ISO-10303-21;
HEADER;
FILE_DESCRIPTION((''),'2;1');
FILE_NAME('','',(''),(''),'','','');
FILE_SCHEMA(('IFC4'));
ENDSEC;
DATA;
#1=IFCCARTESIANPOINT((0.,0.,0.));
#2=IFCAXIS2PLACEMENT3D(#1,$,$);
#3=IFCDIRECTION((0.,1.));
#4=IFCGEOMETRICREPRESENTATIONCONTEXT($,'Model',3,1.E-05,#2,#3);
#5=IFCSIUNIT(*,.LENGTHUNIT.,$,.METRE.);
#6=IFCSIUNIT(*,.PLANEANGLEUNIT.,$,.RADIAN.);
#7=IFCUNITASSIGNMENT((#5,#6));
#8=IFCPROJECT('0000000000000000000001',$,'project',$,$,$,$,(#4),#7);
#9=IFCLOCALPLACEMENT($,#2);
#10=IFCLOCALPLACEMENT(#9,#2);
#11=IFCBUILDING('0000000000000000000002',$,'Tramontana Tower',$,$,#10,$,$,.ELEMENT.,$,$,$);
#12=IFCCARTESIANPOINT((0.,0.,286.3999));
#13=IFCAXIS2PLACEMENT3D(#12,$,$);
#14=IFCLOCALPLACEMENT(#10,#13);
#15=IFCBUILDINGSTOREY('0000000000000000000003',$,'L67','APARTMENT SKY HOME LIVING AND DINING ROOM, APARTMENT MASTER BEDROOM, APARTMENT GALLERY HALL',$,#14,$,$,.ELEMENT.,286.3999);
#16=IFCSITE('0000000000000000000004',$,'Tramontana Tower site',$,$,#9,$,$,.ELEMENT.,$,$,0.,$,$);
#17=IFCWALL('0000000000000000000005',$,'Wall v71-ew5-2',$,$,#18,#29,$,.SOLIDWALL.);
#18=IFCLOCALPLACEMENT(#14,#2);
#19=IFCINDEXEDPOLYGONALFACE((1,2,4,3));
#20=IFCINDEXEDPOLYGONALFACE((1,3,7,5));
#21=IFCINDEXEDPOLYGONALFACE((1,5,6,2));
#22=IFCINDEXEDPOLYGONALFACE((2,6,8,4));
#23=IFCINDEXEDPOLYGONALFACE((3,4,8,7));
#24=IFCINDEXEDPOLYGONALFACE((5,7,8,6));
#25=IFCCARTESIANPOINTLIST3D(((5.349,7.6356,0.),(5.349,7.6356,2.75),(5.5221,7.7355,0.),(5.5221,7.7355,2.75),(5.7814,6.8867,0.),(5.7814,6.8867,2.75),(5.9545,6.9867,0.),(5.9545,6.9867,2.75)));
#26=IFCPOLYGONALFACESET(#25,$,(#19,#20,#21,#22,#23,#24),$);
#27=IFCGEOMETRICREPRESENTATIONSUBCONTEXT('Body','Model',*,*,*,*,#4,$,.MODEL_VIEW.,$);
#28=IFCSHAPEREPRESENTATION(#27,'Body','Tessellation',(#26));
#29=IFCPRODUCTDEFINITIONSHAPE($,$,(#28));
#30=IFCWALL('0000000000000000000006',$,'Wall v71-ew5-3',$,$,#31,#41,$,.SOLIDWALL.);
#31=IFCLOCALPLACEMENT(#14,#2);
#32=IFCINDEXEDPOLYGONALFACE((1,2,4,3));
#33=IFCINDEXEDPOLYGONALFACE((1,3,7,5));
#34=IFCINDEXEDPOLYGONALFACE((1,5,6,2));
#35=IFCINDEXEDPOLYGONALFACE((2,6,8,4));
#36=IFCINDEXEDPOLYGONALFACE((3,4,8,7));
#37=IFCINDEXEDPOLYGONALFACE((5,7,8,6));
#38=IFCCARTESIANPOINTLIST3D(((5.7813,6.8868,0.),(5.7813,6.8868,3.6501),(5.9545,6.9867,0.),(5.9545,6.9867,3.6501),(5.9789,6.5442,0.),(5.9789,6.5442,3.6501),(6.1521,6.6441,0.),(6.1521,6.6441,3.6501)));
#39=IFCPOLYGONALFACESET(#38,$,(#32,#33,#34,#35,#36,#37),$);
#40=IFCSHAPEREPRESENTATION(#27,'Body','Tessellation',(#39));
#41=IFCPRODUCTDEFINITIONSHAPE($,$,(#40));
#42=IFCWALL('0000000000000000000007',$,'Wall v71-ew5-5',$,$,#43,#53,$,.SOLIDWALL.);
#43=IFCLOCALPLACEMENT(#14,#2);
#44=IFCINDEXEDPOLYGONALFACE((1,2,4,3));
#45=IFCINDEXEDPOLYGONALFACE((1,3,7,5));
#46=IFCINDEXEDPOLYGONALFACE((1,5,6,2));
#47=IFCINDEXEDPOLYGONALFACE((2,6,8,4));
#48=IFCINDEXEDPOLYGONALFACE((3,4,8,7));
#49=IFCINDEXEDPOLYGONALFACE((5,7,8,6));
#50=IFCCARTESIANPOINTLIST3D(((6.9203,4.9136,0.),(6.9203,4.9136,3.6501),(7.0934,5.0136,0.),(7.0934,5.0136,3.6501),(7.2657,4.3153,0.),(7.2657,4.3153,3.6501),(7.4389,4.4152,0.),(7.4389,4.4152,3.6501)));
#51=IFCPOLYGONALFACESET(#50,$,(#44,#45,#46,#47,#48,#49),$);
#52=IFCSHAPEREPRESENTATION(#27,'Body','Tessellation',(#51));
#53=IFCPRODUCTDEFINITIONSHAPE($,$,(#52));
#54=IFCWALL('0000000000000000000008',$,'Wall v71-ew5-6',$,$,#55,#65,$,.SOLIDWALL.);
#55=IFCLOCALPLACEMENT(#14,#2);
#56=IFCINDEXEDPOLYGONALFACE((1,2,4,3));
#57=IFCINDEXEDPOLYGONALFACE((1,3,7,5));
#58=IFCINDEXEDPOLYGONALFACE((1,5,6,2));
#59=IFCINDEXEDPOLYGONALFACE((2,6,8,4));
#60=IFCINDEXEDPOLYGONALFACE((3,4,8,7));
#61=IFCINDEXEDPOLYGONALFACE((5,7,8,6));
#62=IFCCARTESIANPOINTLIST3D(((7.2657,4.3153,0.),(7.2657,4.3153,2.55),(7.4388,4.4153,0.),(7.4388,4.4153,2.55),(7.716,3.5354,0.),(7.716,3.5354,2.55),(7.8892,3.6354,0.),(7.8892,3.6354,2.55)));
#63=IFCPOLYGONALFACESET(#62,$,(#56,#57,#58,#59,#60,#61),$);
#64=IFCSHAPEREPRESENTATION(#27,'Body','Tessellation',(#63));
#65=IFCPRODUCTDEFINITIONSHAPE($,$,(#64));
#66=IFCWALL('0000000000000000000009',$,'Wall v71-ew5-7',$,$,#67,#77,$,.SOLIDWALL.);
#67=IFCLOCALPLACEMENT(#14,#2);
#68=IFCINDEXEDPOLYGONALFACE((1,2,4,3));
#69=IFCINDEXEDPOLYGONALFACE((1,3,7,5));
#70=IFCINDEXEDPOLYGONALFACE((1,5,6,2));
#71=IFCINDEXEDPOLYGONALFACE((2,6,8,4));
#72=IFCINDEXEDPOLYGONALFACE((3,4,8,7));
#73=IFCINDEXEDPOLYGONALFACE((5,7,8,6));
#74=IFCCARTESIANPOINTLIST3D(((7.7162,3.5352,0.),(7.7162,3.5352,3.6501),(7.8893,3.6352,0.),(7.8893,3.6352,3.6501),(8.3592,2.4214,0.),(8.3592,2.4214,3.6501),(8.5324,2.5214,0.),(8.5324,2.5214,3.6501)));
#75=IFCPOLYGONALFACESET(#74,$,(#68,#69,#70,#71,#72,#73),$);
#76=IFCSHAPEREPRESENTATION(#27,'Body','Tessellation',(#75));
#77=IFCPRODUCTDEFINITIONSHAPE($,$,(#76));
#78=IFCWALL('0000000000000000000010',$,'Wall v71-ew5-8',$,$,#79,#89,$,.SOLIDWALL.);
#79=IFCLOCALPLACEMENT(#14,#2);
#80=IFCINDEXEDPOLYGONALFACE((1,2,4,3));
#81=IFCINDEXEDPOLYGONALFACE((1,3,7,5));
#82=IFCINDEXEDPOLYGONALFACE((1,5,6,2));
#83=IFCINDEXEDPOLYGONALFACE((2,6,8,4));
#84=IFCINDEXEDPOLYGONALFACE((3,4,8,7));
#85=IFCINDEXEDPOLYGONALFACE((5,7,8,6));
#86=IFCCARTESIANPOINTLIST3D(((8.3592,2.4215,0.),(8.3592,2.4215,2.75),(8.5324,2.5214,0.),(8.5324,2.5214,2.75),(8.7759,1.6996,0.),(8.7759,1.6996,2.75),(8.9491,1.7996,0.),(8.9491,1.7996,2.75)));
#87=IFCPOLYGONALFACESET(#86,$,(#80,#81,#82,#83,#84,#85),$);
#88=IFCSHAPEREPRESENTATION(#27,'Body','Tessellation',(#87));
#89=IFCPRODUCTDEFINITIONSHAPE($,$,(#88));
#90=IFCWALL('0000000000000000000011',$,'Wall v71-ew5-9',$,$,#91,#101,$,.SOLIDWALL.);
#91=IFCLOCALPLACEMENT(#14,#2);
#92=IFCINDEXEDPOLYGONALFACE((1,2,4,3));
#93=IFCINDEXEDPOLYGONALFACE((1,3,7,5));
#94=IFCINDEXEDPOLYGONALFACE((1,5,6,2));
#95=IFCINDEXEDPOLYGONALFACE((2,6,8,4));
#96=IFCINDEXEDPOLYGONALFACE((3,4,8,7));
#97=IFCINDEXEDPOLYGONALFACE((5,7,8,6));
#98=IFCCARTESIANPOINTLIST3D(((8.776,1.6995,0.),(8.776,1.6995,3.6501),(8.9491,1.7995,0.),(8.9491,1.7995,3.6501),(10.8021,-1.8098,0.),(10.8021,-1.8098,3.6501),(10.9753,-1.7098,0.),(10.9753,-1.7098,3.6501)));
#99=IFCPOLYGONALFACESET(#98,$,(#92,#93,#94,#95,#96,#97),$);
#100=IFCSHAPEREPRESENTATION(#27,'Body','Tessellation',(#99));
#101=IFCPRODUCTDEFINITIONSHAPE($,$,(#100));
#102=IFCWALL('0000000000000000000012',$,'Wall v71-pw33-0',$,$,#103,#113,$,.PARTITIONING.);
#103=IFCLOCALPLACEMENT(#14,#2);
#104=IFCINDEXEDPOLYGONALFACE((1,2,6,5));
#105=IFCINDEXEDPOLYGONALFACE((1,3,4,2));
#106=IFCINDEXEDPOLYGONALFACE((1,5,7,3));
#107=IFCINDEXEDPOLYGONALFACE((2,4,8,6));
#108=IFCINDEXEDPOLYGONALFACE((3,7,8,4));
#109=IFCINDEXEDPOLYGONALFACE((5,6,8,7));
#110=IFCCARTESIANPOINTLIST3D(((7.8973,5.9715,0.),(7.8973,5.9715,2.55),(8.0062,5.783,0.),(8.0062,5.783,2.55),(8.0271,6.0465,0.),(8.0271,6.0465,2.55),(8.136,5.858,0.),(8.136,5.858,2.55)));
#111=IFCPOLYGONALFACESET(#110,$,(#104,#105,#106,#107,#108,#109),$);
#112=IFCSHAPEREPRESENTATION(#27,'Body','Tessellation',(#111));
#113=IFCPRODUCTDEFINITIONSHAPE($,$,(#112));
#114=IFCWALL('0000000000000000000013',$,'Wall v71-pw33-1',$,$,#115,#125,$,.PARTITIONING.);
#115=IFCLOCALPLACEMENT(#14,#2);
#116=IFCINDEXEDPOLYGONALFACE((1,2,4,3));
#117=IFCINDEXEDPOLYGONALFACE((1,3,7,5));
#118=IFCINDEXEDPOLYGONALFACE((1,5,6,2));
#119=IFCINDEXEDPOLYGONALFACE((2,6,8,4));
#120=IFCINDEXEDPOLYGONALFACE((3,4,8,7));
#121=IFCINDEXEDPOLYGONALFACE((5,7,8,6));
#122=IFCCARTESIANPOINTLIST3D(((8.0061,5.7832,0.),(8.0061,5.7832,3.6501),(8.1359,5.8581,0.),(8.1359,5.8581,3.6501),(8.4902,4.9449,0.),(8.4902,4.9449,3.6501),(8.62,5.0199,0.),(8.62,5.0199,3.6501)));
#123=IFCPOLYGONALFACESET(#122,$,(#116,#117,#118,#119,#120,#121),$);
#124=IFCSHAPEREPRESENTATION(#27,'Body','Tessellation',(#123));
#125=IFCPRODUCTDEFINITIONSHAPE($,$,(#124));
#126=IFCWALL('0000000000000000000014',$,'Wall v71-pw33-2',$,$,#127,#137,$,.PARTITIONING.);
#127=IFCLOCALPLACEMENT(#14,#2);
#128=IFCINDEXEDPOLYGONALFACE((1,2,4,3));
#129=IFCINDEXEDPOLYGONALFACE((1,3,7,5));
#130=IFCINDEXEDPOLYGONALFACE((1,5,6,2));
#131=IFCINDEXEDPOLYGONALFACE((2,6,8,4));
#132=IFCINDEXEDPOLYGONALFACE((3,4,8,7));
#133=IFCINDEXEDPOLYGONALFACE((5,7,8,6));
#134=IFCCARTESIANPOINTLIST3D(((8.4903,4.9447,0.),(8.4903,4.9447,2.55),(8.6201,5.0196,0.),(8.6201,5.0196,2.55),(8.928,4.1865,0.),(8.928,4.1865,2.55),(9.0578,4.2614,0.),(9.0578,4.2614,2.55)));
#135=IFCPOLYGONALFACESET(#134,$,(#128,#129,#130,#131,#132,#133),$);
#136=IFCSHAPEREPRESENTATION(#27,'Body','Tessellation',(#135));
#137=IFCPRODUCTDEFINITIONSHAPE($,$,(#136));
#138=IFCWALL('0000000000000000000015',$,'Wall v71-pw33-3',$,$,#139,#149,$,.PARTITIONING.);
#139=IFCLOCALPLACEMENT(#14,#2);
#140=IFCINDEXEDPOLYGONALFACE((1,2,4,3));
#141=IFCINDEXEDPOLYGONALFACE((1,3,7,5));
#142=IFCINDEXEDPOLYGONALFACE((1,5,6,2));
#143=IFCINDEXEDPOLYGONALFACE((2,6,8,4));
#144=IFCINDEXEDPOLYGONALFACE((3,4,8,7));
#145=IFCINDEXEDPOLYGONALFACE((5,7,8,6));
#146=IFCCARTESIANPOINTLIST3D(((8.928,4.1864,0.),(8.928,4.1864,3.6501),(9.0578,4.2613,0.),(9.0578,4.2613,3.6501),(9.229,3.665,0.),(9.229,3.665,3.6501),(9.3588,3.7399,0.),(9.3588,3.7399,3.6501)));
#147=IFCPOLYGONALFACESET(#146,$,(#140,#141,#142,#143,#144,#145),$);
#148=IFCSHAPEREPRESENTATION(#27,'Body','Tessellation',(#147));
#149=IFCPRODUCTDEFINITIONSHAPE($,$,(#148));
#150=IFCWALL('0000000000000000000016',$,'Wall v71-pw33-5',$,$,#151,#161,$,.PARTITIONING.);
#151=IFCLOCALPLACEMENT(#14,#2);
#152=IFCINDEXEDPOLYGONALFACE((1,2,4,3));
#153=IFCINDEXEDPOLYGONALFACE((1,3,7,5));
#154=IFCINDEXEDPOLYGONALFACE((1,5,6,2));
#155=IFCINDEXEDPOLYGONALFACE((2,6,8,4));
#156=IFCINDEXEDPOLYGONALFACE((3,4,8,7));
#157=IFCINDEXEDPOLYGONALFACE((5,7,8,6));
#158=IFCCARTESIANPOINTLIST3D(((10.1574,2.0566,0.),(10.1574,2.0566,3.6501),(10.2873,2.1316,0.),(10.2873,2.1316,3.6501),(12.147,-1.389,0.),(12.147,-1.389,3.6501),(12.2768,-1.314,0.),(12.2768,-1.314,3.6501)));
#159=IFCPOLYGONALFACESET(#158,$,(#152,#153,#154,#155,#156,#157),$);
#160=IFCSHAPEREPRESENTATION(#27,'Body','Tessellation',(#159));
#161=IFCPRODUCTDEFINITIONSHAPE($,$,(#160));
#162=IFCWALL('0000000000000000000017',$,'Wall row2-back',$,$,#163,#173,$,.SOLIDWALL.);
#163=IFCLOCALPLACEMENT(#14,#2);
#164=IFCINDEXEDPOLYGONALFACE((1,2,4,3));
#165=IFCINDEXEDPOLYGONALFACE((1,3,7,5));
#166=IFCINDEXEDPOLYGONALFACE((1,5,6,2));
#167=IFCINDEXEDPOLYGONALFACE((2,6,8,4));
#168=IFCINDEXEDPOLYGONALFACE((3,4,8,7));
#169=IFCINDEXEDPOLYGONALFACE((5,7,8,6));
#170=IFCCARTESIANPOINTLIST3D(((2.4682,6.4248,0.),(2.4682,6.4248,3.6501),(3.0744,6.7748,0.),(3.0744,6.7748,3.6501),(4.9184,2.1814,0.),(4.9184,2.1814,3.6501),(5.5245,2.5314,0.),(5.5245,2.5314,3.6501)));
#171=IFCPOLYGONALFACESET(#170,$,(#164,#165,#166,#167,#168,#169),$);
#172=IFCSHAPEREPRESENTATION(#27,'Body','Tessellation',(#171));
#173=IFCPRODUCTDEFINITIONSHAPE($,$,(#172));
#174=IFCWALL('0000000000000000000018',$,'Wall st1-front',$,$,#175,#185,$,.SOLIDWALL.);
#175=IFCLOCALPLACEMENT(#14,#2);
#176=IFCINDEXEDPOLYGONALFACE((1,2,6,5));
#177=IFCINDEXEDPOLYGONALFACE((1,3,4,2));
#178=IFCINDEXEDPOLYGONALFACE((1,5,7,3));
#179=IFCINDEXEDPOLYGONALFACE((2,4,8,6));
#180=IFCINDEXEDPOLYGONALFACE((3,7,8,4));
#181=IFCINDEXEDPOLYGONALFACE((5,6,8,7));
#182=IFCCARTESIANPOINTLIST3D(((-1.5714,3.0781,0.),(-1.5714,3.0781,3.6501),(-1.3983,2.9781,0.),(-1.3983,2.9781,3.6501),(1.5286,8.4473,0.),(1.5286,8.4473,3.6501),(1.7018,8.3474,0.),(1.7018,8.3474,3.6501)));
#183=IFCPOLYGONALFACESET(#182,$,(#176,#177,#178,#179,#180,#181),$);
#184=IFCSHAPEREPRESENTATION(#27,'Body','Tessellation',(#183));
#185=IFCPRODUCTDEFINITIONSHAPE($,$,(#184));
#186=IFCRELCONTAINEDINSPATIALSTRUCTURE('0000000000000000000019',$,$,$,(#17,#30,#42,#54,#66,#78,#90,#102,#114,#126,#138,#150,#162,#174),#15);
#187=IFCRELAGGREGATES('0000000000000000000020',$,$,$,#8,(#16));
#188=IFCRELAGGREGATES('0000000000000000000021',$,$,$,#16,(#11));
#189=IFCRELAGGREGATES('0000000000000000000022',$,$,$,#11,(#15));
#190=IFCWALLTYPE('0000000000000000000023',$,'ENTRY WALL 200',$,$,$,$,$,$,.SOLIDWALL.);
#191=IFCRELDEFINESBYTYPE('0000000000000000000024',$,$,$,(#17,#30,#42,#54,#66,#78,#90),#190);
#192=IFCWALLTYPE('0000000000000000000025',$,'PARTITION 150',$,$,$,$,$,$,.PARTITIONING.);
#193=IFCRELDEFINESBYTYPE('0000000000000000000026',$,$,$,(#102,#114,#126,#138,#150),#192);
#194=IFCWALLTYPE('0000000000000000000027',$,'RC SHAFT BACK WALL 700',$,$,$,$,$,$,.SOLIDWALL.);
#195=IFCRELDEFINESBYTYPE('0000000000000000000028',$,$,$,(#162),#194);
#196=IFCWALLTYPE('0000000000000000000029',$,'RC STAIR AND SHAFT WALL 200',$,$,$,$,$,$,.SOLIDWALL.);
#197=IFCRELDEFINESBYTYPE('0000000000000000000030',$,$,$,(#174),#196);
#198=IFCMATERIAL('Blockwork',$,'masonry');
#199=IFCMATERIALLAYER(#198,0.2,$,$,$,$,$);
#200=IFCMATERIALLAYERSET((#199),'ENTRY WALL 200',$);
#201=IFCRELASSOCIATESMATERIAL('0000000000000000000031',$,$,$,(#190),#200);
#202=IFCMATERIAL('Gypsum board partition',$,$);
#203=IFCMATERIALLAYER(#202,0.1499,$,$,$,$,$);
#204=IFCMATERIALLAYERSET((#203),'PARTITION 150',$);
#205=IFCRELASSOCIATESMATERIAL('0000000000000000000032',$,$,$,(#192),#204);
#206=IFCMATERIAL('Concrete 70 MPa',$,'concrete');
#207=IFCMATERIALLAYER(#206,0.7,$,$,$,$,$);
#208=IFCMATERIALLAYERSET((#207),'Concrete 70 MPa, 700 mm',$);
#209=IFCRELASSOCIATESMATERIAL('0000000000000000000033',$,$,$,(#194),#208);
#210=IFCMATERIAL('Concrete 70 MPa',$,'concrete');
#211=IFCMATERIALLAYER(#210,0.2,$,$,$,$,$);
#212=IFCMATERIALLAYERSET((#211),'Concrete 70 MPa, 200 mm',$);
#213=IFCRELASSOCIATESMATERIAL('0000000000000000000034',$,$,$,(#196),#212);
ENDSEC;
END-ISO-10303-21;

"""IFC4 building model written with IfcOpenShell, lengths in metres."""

from ifc_helpers import new_model, si_unit, direction, frame, frame_2d, origin, place, context, subcontext, project, spatial, rectangle, extrude, material, layer, layer_set, type_object, element, save


model = new_model("IFC4")

# Units and contexts
model_context = context("Model", 3, precision=1e-05, world=origin(), true_north=direction((0.0, 1.0)))
body_context = subcontext(model_context, "Body", "Model", "MODEL_VIEW")
ifc_project = project(units=[si_unit("LENGTHUNIT", "METRE"), si_unit("PLANEANGLEUNIT", "RADIAN")], contexts=[model_context])

# Site, building, storey
site_placement = place(None, origin())
site = spatial("IfcSite", under=ifc_project, at=site_placement, Name="Tramontana Tower site", CompositionType="ELEMENT", RefElevation=0.0)
building_placement = place(site_placement, origin())
building = spatial("IfcBuilding", under=site, at=building_placement, Name="Tramontana Tower", CompositionType="ELEMENT")
storey_placement = place(building_placement, frame((0.0, 0.0, 286.3999)))
storey = spatial("IfcBuildingStorey", under=building, at=storey_placement, Name="L67", Description="APARTMENT SKY HOME LIVING AND DINING ROOM, APARTMENT MASTER BEDROOM, APARTMENT GALLERY HALL", CompositionType="ELEMENT", Elevation=286.3999)

# Walls
ifc_material_1 = material(Name="Blockwork", Category="masonry")
ifc_layer_1 = layer(ifc_material_1, 0.2)
ifc_layer_set_1 = layer_set([ifc_layer_1], Name="ENTRY WALL 200")
wall_type_1 = type_object("IfcWallType", Name="ENTRY WALL 200", PredefinedType="SOLIDWALL", material=ifc_layer_set_1)
wall_1_placement = place(storey_placement, frame((5.4355, 7.6855, 0.0), z_axis=(0.0, 0.0, 1.0), x_axis=(0.500056, -0.865993, 0.0)))
element("IfcWall", 1, at=wall_1_placement, inside=storey, type_object=wall_type_1, Name="Wall v71-ew5-2", PredefinedType="SOLIDWALL", context=body_context, shape_type="SweptSolid", body=[
    extrude(rectangle(XDim=0.8647, YDim=0.2, at=frame_2d((0.4324, 0.0))), origin(), (0.0, 0.0, 1.0), 2.75),
])
wall_2_placement = place(storey_placement, frame((5.8679, 6.9368, 0.0), z_axis=(0.0, 0.0, 1.0), x_axis=(0.499526, -0.866299, 0.0)))
element("IfcWall", 2, at=wall_2_placement, inside=storey, type_object=wall_type_1, Name="Wall v71-ew5-3", PredefinedType="SOLIDWALL", context=body_context, shape_type="SweptSolid", body=[
    extrude(rectangle(XDim=0.3955, YDim=0.2, at=frame_2d((0.1978, 0.0))), origin(), (0.0, 0.0, 1.0), 3.6501),
])

# Walls
wall_3_placement = place(storey_placement, frame((7.0068, 4.9636, 0.0), z_axis=(0.0, 0.0, 1.0), x_axis=(0.499977, -0.866038, 0.0)))
element("IfcWall", 3, at=wall_3_placement, inside=storey, type_object=wall_type_1, Name="Wall v71-ew5-5", PredefinedType="SOLIDWALL", context=body_context, shape_type="SweptSolid", body=[
    extrude(rectangle(XDim=0.6909, YDim=0.2, at=frame_2d((0.3455, 0.0))), origin(), (0.0, 0.0, 1.0), 3.6501),
])
wall_4_placement = place(storey_placement, frame((7.3523, 4.3652, 0.0), z_axis=(0.0, 0.0, 1.0), x_axis=(0.500074, -0.865982, 0.0)))
element("IfcWall", 4, at=wall_4_placement, inside=storey, type_object=wall_type_1, Name="Wall v71-ew5-6", PredefinedType="SOLIDWALL", context=body_context, shape_type="SweptSolid", body=[
    extrude(rectangle(XDim=0.9006, YDim=0.2, at=frame_2d((0.4502, 0.0))), origin(), (0.0, 0.0, 1.0), 2.55),
])
wall_5_placement = place(storey_placement, frame((7.8027, 3.5852, 0.0), z_axis=(0.0, 0.0, 1.0), x_axis=(0.500018, -0.866015, 0.0)))
element("IfcWall", 5, at=wall_5_placement, inside=storey, type_object=wall_type_1, Name="Wall v71-ew5-7", PredefinedType="SOLIDWALL", context=body_context, shape_type="SweptSolid", body=[
    extrude(rectangle(XDim=1.2861, YDim=0.2, at=frame_2d((0.6431, 0.0))), origin(), (0.0, 0.0, 1.0), 3.6501),
])
wall_6_placement = place(storey_placement, frame((8.4458, 2.4714, 0.0), z_axis=(0.0, 0.0, 1.0), x_axis=(0.499951, -0.866054, 0.0)))
element("IfcWall", 6, at=wall_6_placement, inside=storey, type_object=wall_type_1, Name="Wall v71-ew5-8", PredefinedType="SOLIDWALL", context=body_context, shape_type="SweptSolid", body=[
    extrude(rectangle(XDim=0.8335, YDim=0.2, at=frame_2d((0.4167, 0.0))), origin(), (0.0, 0.0, 1.0), 2.75),
])
wall_7_placement = place(storey_placement, frame((8.8625, 1.7495, 0.0), z_axis=(0.0, 0.0, 1.0), x_axis=(0.500008, -0.866021, 0.0)))
element("IfcWall", 7, at=wall_7_placement, inside=storey, type_object=wall_type_1, Name="Wall v71-ew5-9", PredefinedType="SOLIDWALL", context=body_context, shape_type="SweptSolid", body=[
    extrude(rectangle(XDim=4.0522, YDim=0.2, at=frame_2d((2.0261, 0.0))), origin(), (0.0, 0.0, 1.0), 3.6501),
])

# Shared definitions
ifc_material_2 = material(Name="Gypsum board partition")
ifc_layer_2 = layer(ifc_material_2, 0.1499)
ifc_layer_set_2 = layer_set([ifc_layer_2], Name="PARTITION 150")
wall_type_2 = type_object("IfcWallType", Name="PARTITION 150", PredefinedType="PARTITIONING", material=ifc_layer_set_2)

# Walls
wall_8_placement = place(storey_placement, frame((7.9622, 6.009, 0.0), z_axis=(0.0, 0.0, 1.0), x_axis=(0.50024, -0.865887, 0.0)))
element("IfcWall", 8, at=wall_8_placement, inside=storey, type_object=wall_type_2, Name="Wall v71-pw33-0", PredefinedType="PARTITIONING", context=body_context, shape_type="SweptSolid", body=[
    extrude(rectangle(XDim=0.2178, YDim=0.1499, at=frame_2d((0.1089, 0.0))), origin(), (0.0, 0.0, 1.0), 2.55),
])
wall_9_placement = place(storey_placement, frame((8.071, 5.8206, 0.0), z_axis=(0.0, 0.0, 1.0), x_axis=(0.500072, -0.865984, 0.0)))
element("IfcWall", 9, at=wall_9_placement, inside=storey, type_object=wall_type_2, Name="Wall v71-pw33-1", PredefinedType="PARTITIONING", context=body_context, shape_type="SweptSolid", body=[
    extrude(rectangle(XDim=0.968, YDim=0.1499, at=frame_2d((0.4839, 0.0))), origin(), (0.0, 0.0, 1.0), 3.6501),
])
wall_10_placement = place(storey_placement, frame((8.5552, 4.9822, 0.0), z_axis=(0.0, 0.0, 1.0), x_axis=(0.499948, -0.866056, 0.0)))
element("IfcWall", 10, at=wall_10_placement, inside=storey, type_object=wall_type_2, Name="Wall v71-pw33-2", PredefinedType="PARTITIONING", context=body_context, shape_type="SweptSolid", body=[
    extrude(rectangle(XDim=0.8755, YDim=0.1499, at=frame_2d((0.4377, 0.0))), origin(), (0.0, 0.0, 1.0), 2.55),
])
wall_11_placement = place(storey_placement, frame((8.9929, 4.2239, 0.0), z_axis=(0.0, 0.0, 1.0), x_axis=(0.499933, -0.866064, 0.0)))
element("IfcWall", 11, at=wall_11_placement, inside=storey, type_object=wall_type_2, Name="Wall v71-pw33-3", PredefinedType="PARTITIONING", context=body_context, shape_type="SweptSolid", body=[
    extrude(rectangle(XDim=0.6021, YDim=0.1499, at=frame_2d((0.301, 0.0))), origin(), (0.0, 0.0, 1.0), 3.6501),
])

# Wall
wall_12_placement = place(storey_placement, frame((10.2224, 2.094, 0.0), z_axis=(0.0, 0.0, 1.0), x_axis=(0.500039, -0.866003, 0.0)))
element("IfcWall", 12, at=wall_12_placement, inside=storey, type_object=wall_type_2, Name="Wall v71-pw33-5", PredefinedType="PARTITIONING", context=body_context, shape_type="SweptSolid", body=[
    extrude(rectangle(XDim=3.9788, YDim=0.1499, at=frame_2d((1.9893, 0.0))), origin(), (0.0, 0.0, 1.0), 3.6501),
])

# Walls
ifc_material_3 = material(Name="Concrete 70 MPa", Category="concrete")
ifc_layer_3 = layer(ifc_material_3, 0.7)
ifc_layer_set_3 = layer_set([ifc_layer_3], Name="Concrete 70 MPa, 700 mm")
wall_type_3 = type_object("IfcWallType", Name="RC SHAFT BACK WALL 700", PredefinedType="SOLIDWALL", material=ifc_layer_set_3)
wall_13_placement = place(storey_placement, frame((5.2214, 2.3564, 0.0), z_axis=(0.0, 0.0, 1.0), x_axis=(-0.50004, 0.866002, 0.0)))
element("IfcWall", 13, at=wall_13_placement, inside=storey, type_object=wall_type_3, Name="Wall row2-back", PredefinedType="SOLIDWALL", context=body_context, shape_type="SweptSolid", body=[
    extrude(rectangle(XDim=4.8999, YDim=0.7, at=frame_2d((2.45, 0.0))), origin(), (0.0, 0.0, 1.0), 3.6501),
])
ifc_material_4 = material(Name="Concrete 70 MPa", Category="concrete")
ifc_layer_4 = layer(ifc_material_4, 0.2)
ifc_layer_set_4 = layer_set([ifc_layer_4], Name="Concrete 70 MPa, 200 mm")
wall_type_4 = type_object("IfcWallType", Name="RC STAIR AND SHAFT WALL 200", PredefinedType="SOLIDWALL", material=ifc_layer_set_4)
wall_14_placement = place(storey_placement, frame((1.6152, 8.3975, 0.0), z_axis=(0.0, 0.0, 1.0), x_axis=(-0.50001, -0.86602, 0.0)))
element("IfcWall", 14, at=wall_14_placement, inside=storey, type_object=wall_type_4, Name="Wall st1-front", PredefinedType="SOLIDWALL", context=body_context, shape_type="SweptSolid", body=[
    extrude(rectangle(XDim=6.2, YDim=0.2, at=frame_2d((3.1001, 0.0))), origin(), (0.0, 0.0, 1.0), 3.6501),
])

save(model, "model.ifc")
